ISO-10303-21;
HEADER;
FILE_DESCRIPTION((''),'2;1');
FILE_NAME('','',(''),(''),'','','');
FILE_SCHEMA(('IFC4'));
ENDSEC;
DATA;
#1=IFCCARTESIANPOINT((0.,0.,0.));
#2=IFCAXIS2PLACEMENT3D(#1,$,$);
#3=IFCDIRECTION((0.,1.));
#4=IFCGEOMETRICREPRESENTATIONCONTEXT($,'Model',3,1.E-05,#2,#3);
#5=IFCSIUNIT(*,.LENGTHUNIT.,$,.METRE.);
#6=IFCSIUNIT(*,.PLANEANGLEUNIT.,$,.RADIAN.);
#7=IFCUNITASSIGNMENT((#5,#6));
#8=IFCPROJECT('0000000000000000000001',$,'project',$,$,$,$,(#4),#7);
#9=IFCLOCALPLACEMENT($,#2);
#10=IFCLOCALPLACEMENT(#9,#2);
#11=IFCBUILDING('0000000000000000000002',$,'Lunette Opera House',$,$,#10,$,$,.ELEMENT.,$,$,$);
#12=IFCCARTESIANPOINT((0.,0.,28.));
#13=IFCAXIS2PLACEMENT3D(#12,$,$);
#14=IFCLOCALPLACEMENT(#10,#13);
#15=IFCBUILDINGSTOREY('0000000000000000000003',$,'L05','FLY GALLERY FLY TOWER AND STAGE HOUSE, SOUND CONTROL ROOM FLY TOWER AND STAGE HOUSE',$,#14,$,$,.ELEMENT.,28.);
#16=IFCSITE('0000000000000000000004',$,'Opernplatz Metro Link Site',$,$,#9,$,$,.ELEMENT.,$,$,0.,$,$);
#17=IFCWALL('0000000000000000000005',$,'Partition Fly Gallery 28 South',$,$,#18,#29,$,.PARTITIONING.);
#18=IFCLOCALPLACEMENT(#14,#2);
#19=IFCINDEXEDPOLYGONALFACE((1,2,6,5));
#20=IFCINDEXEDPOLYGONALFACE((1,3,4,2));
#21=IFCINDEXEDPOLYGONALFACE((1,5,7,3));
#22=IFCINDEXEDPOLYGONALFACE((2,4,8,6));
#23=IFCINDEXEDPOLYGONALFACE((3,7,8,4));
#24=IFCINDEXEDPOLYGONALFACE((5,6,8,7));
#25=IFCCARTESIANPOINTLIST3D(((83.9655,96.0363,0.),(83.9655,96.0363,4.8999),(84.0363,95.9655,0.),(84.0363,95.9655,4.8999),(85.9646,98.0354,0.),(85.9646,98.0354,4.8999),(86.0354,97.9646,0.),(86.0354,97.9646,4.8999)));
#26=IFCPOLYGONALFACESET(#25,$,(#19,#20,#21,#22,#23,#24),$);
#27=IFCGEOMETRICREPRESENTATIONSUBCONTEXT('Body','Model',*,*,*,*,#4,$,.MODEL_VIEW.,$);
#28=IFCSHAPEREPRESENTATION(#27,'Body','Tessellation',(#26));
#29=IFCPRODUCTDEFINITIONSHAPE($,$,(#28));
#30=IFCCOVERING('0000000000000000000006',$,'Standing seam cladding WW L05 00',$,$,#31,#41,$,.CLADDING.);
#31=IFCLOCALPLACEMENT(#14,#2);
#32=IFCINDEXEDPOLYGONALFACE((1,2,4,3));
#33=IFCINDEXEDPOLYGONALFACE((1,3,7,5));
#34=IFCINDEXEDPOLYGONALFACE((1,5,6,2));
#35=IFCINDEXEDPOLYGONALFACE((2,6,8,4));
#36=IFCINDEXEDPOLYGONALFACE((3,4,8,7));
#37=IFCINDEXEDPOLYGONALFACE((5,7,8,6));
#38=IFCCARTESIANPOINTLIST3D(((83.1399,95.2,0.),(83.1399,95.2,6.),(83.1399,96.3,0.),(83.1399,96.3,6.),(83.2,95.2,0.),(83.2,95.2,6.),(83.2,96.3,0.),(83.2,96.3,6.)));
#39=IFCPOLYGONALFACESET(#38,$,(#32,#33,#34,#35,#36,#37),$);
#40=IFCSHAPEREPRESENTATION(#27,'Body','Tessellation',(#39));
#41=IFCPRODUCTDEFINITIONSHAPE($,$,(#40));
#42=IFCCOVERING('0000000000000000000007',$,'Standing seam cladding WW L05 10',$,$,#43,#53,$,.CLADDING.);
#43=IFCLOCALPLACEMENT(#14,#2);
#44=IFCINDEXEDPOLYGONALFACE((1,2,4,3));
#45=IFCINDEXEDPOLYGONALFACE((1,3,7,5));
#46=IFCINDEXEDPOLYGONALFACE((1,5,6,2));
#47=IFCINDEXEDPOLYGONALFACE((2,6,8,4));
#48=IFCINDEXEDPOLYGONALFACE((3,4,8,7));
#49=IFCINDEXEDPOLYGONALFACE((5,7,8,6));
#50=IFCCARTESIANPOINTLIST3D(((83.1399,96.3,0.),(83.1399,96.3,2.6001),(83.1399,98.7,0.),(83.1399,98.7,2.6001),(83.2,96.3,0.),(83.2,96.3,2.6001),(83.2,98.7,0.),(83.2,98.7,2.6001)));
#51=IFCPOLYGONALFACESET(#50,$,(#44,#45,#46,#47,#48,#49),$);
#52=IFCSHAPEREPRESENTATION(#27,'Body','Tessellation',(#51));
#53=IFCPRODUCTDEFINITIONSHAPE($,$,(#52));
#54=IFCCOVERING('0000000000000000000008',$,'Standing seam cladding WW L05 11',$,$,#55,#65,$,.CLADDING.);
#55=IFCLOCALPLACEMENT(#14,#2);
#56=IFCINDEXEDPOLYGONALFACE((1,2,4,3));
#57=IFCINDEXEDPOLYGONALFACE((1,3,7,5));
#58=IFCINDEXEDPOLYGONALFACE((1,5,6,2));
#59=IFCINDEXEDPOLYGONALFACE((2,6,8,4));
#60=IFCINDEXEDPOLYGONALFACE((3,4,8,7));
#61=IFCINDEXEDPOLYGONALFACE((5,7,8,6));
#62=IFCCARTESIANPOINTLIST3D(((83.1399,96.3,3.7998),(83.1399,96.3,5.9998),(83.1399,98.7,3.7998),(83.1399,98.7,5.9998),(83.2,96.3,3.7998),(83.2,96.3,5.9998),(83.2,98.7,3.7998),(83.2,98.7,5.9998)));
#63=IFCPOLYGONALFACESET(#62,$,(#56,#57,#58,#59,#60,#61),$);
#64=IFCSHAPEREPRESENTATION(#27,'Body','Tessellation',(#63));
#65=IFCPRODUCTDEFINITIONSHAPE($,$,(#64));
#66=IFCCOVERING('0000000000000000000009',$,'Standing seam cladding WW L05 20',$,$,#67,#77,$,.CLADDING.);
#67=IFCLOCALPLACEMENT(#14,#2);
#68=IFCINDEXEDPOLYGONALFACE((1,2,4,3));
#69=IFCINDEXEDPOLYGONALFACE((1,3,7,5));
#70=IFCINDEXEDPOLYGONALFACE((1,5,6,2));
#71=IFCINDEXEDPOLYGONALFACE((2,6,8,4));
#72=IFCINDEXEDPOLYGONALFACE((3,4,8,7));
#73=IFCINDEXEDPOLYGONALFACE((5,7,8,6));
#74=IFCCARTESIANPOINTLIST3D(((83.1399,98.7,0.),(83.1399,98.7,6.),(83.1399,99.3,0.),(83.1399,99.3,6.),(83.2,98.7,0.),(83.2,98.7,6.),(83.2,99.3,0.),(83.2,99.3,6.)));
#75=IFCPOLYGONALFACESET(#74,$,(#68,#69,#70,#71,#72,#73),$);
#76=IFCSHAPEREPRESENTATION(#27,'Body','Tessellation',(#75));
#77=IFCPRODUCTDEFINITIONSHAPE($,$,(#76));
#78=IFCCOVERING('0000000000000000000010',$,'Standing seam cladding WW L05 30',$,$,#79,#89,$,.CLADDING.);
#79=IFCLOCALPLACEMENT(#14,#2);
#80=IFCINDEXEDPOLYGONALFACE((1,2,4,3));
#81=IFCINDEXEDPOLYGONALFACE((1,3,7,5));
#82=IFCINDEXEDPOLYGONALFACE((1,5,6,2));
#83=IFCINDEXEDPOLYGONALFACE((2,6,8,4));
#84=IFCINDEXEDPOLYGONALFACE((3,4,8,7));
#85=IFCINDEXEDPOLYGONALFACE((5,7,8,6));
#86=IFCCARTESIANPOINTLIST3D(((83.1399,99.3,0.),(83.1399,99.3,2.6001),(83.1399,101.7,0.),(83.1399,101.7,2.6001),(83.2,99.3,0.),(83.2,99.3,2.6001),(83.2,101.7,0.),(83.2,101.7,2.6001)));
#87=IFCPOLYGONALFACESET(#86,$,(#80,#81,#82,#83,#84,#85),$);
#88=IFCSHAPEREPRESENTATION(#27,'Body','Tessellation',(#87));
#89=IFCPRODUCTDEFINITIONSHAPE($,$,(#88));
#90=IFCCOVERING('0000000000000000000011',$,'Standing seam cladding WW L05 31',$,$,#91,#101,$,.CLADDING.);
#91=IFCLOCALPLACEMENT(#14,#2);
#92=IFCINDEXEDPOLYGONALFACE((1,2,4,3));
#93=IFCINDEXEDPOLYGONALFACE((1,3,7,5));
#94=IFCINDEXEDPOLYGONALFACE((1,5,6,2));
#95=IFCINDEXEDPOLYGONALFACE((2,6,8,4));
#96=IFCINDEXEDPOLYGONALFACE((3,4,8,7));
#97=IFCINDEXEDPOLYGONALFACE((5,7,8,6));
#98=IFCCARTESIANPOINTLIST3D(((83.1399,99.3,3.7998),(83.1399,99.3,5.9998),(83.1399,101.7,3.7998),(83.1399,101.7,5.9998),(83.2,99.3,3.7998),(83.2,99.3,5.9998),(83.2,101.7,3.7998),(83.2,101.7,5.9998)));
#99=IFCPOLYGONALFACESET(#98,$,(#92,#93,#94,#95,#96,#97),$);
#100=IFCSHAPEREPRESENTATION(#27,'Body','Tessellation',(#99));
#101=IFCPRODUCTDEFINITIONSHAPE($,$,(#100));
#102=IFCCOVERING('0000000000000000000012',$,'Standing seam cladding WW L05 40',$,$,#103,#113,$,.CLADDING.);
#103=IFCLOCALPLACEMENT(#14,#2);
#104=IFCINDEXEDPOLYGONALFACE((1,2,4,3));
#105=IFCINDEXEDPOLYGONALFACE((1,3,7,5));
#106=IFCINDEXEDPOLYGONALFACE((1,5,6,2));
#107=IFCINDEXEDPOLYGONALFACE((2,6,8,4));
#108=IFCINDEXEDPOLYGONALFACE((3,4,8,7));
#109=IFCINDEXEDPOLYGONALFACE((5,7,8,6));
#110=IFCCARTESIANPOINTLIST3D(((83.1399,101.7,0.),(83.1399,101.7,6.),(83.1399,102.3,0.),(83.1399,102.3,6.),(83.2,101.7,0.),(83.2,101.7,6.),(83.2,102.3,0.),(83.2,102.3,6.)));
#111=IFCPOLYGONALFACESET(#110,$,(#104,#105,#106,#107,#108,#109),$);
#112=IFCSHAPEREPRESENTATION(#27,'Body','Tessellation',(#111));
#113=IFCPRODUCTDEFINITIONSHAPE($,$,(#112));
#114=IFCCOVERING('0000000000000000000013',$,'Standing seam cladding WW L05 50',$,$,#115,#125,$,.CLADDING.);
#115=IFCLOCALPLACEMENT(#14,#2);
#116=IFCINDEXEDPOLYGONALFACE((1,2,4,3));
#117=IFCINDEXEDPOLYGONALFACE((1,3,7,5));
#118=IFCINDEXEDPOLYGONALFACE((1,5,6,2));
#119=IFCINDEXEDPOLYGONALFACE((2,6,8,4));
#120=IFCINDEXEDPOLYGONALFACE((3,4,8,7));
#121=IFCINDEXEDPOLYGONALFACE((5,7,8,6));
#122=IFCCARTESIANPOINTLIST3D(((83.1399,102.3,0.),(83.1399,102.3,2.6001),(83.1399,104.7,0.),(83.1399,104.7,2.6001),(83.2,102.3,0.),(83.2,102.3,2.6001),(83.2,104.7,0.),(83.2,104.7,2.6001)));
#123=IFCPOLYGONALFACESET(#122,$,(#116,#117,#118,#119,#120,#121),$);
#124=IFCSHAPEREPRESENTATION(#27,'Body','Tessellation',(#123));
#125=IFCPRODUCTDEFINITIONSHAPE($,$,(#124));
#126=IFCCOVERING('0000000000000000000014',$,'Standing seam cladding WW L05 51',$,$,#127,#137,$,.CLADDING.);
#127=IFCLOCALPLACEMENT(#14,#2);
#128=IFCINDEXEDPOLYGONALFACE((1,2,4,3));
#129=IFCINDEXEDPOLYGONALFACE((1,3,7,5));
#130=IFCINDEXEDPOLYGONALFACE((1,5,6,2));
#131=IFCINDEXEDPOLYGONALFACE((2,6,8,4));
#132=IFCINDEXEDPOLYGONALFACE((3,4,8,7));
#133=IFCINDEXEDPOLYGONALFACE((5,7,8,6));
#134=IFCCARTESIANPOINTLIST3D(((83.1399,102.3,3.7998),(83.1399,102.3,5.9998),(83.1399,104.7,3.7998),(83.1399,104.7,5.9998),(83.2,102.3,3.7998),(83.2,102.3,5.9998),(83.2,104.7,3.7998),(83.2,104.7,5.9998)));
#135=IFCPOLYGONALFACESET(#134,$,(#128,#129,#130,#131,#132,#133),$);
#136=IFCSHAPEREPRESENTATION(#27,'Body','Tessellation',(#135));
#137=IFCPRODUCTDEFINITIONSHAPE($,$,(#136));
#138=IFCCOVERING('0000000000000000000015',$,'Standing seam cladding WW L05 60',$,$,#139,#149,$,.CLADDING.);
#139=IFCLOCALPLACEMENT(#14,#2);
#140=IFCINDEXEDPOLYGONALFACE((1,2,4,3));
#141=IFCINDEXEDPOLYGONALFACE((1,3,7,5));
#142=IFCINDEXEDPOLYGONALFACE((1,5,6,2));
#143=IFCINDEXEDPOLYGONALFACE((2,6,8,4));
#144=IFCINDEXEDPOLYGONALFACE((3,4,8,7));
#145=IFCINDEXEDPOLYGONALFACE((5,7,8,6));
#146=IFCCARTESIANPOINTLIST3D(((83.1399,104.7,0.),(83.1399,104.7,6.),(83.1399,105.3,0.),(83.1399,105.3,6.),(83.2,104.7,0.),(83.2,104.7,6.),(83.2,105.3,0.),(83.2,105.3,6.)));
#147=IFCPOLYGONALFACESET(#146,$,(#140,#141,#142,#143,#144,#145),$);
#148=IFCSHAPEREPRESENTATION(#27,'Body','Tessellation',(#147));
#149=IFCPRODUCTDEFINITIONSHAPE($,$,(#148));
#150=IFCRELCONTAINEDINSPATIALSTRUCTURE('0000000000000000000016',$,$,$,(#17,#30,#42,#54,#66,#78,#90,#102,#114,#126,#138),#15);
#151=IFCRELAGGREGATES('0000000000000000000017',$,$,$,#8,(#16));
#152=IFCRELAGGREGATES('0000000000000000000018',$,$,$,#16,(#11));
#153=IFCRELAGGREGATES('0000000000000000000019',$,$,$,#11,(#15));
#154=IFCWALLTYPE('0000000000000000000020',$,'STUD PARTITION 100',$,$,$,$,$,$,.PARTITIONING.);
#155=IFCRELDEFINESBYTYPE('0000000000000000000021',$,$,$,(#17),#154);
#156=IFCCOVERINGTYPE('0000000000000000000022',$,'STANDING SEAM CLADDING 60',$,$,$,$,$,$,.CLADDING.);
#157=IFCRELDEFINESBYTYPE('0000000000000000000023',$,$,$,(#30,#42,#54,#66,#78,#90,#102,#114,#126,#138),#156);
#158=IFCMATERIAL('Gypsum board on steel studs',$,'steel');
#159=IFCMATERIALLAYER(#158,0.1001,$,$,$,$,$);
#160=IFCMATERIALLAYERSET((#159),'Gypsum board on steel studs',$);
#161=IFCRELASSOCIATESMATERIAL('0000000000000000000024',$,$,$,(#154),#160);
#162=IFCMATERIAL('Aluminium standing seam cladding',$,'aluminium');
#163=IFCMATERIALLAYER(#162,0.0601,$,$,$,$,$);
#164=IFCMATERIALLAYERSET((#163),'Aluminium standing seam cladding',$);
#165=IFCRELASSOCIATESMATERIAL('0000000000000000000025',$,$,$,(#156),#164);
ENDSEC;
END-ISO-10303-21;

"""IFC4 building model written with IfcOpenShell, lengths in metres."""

from ifc_helpers import new_model, si_unit, direction, frame, frame_2d, origin, origin_2d, place, context, subcontext, project, spatial, rectangle, extrude, material, layer, layer_set, type_object, element, save


model = new_model("IFC4")

# Units and contexts
model_context = context("Model", 3, precision=1e-05, world=origin(), true_north=direction((0.0, 1.0)))
body_context = subcontext(model_context, "Body", "Model", "MODEL_VIEW")
ifc_project = project(units=[si_unit("LENGTHUNIT", "METRE"), si_unit("PLANEANGLEUNIT", "RADIAN")], contexts=[model_context])

# Site, building, storey
site_placement = place(None, origin())
site = spatial("IfcSite", under=ifc_project, at=site_placement, Name="Opernplatz Metro Link Site", CompositionType="ELEMENT", RefElevation=0.0)
building_placement = place(site_placement, origin())
building = spatial("IfcBuilding", under=site, at=building_placement, Name="Lunette Opera House", CompositionType="ELEMENT")
storey_placement = place(building_placement, frame((0.0, 0.0, 28.0)))
storey = spatial("IfcBuildingStorey", under=building, at=storey_placement, Name="L05", Description="FLY GALLERY FLY TOWER AND STAGE HOUSE, SOUND CONTROL ROOM FLY TOWER AND STAGE HOUSE", CompositionType="ELEMENT", Elevation=28.0)

# Wall
ifc_material_1 = material(Name="Gypsum board on steel studs", Category="steel")
ifc_layer_1 = layer(ifc_material_1, 0.1001)
ifc_layer_set_1 = layer_set([ifc_layer_1], Name="Gypsum board on steel studs")
wall_type_1 = type_object("IfcWallType", Name="STUD PARTITION 100", PredefinedType="PARTITIONING", material=ifc_layer_set_1)
wall_1_placement = place(storey_placement, frame((86.0, 98.0, 0.0), z_axis=(0.0, 0.0, 1.0), x_axis=(-0.707107, -0.707107, 0.0)))
element("IfcWall", 1, at=wall_1_placement, inside=storey, type_object=wall_type_1, Name="Partition Fly Gallery 28 South", PredefinedType="PARTITIONING", context=body_context, shape_type="SweptSolid", body=[
    extrude(rectangle(XDim=2.8271, YDim=0.1001, at=frame_2d((1.4136, 0.0))), origin(), (0.0, 0.0, 1.0), 4.8999),
])

# Coverings
ifc_material_2 = material(Name="Aluminium standing seam cladding", Category="aluminium")
ifc_layer_2 = layer(ifc_material_2, 0.0601)
ifc_layer_set_2 = layer_set([ifc_layer_2], Name="Aluminium standing seam cladding")
covering_type = type_object("IfcCoveringType", Name="STANDING SEAM CLADDING 60", PredefinedType="CLADDING", material=ifc_layer_set_2)
covering_1_placement = place(storey_placement, frame((83.1699, 95.75, 0.0), z_axis=(0.0, 0.0, 1.0), x_axis=(0.0, 1.0, 0.0)))
element("IfcCovering", 2, at=covering_1_placement, inside=storey, type_object=covering_type, Name="Standing seam cladding WW L05 00", PredefinedType="CLADDING", context=body_context, shape_type="SweptSolid", body=[
    extrude(rectangle(XDim=1.1001, YDim=0.0601, at=origin_2d()), origin(), (0.0, 0.0, 1.0), 6.0),
])
covering_2_placement = place(storey_placement, frame((83.1699, 97.5, 0.0), z_axis=(0.0, 0.0, 1.0), x_axis=(0.0, 1.0, 0.0)))
element("IfcCovering", 3, at=covering_2_placement, inside=storey, type_object=covering_type, Name="Standing seam cladding WW L05 10", PredefinedType="CLADDING", context=body_context, shape_type="SweptSolid", body=[
    extrude(rectangle(XDim=2.3999, YDim=0.0601, at=origin_2d()), origin(), (0.0, 0.0, 1.0), 2.6001),
])
covering_3_placement = place(storey_placement, frame((83.1699, 97.5, 3.7998), z_axis=(0.0, 0.0, 1.0), x_axis=(0.0, 1.0, 0.0)))
element("IfcCovering", 4, at=covering_3_placement, inside=storey, type_object=covering_type, Name="Standing seam cladding WW L05 11", PredefinedType="CLADDING", context=body_context, shape_type="SweptSolid", body=[
    extrude(rectangle(XDim=2.3999, YDim=0.0601, at=origin_2d()), origin(), (0.0, 0.0, 1.0), 2.2),
])
covering_4_placement = place(storey_placement, frame((83.1699, 99.0, 0.0), z_axis=(0.0, 0.0, 1.0), x_axis=(0.0, 1.0, 0.0)))
element("IfcCovering", 5, at=covering_4_placement, inside=storey, type_object=covering_type, Name="Standing seam cladding WW L05 20", PredefinedType="CLADDING", context=body_context, shape_type="SweptSolid", body=[
    extrude(rectangle(XDim=0.6001, YDim=0.0601, at=origin_2d()), origin(), (0.0, 0.0, 1.0), 6.0),
])
covering_5_placement = place(storey_placement, frame((83.1699, 100.5, 0.0), z_axis=(0.0, 0.0, 1.0), x_axis=(0.0, 1.0, 0.0)))
element("IfcCovering", 6, at=covering_5_placement, inside=storey, type_object=covering_type, Name="Standing seam cladding WW L05 30", PredefinedType="CLADDING", context=body_context, shape_type="SweptSolid", body=[
    extrude(rectangle(XDim=2.3999, YDim=0.0601, at=origin_2d()), origin(), (0.0, 0.0, 1.0), 2.6001),
])
covering_6_placement = place(storey_placement, frame((83.1699, 100.5, 3.7998), z_axis=(0.0, 0.0, 1.0), x_axis=(0.0, 1.0, 0.0)))
element("IfcCovering", 7, at=covering_6_placement, inside=storey, type_object=covering_type, Name="Standing seam cladding WW L05 31", PredefinedType="CLADDING", context=body_context, shape_type="SweptSolid", body=[
    extrude(rectangle(XDim=2.3999, YDim=0.0601, at=origin_2d()), origin(), (0.0, 0.0, 1.0), 2.2),
])
covering_7_placement = place(storey_placement, frame((83.1699, 102.0, 0.0), z_axis=(0.0, 0.0, 1.0), x_axis=(0.0, 1.0, 0.0)))
element("IfcCovering", 8, at=covering_7_placement, inside=storey, type_object=covering_type, Name="Standing seam cladding WW L05 40", PredefinedType="CLADDING", context=body_context, shape_type="SweptSolid", body=[
    extrude(rectangle(XDim=0.6001, YDim=0.0601, at=origin_2d()), origin(), (0.0, 0.0, 1.0), 6.0),
])
covering_8_placement = place(storey_placement, frame((83.1699, 103.5, 0.0), z_axis=(0.0, 0.0, 1.0), x_axis=(0.0, 1.0, 0.0)))
element("IfcCovering", 9, at=covering_8_placement, inside=storey, type_object=covering_type, Name="Standing seam cladding WW L05 50", PredefinedType="CLADDING", context=body_context, shape_type="SweptSolid", body=[
    extrude(rectangle(XDim=2.3999, YDim=0.0601, at=origin_2d()), origin(), (0.0, 0.0, 1.0), 2.6001),
])
covering_9_placement = place(storey_placement, frame((83.1699, 103.5, 3.7998), z_axis=(0.0, 0.0, 1.0), x_axis=(0.0, 1.0, 0.0)))
element("IfcCovering", 10, at=covering_9_placement, inside=storey, type_object=covering_type, Name="Standing seam cladding WW L05 51", PredefinedType="CLADDING", context=body_context, shape_type="SweptSolid", body=[
    extrude(rectangle(XDim=2.3999, YDim=0.0601, at=origin_2d()), origin(), (0.0, 0.0, 1.0), 2.2),
])
covering_10_placement = place(storey_placement, frame((83.1699, 105.0, 0.0), z_axis=(0.0, 0.0, 1.0), x_axis=(0.0, 1.0, 0.0)))
element("IfcCovering", 11, at=covering_10_placement, inside=storey, type_object=covering_type, Name="Standing seam cladding WW L05 60", PredefinedType="CLADDING", context=body_context, shape_type="SweptSolid", body=[
    extrude(rectangle(XDim=0.6001, YDim=0.0601, at=origin_2d()), origin(), (0.0, 0.0, 1.0), 6.0),
])

save(model, "model.ifc")
